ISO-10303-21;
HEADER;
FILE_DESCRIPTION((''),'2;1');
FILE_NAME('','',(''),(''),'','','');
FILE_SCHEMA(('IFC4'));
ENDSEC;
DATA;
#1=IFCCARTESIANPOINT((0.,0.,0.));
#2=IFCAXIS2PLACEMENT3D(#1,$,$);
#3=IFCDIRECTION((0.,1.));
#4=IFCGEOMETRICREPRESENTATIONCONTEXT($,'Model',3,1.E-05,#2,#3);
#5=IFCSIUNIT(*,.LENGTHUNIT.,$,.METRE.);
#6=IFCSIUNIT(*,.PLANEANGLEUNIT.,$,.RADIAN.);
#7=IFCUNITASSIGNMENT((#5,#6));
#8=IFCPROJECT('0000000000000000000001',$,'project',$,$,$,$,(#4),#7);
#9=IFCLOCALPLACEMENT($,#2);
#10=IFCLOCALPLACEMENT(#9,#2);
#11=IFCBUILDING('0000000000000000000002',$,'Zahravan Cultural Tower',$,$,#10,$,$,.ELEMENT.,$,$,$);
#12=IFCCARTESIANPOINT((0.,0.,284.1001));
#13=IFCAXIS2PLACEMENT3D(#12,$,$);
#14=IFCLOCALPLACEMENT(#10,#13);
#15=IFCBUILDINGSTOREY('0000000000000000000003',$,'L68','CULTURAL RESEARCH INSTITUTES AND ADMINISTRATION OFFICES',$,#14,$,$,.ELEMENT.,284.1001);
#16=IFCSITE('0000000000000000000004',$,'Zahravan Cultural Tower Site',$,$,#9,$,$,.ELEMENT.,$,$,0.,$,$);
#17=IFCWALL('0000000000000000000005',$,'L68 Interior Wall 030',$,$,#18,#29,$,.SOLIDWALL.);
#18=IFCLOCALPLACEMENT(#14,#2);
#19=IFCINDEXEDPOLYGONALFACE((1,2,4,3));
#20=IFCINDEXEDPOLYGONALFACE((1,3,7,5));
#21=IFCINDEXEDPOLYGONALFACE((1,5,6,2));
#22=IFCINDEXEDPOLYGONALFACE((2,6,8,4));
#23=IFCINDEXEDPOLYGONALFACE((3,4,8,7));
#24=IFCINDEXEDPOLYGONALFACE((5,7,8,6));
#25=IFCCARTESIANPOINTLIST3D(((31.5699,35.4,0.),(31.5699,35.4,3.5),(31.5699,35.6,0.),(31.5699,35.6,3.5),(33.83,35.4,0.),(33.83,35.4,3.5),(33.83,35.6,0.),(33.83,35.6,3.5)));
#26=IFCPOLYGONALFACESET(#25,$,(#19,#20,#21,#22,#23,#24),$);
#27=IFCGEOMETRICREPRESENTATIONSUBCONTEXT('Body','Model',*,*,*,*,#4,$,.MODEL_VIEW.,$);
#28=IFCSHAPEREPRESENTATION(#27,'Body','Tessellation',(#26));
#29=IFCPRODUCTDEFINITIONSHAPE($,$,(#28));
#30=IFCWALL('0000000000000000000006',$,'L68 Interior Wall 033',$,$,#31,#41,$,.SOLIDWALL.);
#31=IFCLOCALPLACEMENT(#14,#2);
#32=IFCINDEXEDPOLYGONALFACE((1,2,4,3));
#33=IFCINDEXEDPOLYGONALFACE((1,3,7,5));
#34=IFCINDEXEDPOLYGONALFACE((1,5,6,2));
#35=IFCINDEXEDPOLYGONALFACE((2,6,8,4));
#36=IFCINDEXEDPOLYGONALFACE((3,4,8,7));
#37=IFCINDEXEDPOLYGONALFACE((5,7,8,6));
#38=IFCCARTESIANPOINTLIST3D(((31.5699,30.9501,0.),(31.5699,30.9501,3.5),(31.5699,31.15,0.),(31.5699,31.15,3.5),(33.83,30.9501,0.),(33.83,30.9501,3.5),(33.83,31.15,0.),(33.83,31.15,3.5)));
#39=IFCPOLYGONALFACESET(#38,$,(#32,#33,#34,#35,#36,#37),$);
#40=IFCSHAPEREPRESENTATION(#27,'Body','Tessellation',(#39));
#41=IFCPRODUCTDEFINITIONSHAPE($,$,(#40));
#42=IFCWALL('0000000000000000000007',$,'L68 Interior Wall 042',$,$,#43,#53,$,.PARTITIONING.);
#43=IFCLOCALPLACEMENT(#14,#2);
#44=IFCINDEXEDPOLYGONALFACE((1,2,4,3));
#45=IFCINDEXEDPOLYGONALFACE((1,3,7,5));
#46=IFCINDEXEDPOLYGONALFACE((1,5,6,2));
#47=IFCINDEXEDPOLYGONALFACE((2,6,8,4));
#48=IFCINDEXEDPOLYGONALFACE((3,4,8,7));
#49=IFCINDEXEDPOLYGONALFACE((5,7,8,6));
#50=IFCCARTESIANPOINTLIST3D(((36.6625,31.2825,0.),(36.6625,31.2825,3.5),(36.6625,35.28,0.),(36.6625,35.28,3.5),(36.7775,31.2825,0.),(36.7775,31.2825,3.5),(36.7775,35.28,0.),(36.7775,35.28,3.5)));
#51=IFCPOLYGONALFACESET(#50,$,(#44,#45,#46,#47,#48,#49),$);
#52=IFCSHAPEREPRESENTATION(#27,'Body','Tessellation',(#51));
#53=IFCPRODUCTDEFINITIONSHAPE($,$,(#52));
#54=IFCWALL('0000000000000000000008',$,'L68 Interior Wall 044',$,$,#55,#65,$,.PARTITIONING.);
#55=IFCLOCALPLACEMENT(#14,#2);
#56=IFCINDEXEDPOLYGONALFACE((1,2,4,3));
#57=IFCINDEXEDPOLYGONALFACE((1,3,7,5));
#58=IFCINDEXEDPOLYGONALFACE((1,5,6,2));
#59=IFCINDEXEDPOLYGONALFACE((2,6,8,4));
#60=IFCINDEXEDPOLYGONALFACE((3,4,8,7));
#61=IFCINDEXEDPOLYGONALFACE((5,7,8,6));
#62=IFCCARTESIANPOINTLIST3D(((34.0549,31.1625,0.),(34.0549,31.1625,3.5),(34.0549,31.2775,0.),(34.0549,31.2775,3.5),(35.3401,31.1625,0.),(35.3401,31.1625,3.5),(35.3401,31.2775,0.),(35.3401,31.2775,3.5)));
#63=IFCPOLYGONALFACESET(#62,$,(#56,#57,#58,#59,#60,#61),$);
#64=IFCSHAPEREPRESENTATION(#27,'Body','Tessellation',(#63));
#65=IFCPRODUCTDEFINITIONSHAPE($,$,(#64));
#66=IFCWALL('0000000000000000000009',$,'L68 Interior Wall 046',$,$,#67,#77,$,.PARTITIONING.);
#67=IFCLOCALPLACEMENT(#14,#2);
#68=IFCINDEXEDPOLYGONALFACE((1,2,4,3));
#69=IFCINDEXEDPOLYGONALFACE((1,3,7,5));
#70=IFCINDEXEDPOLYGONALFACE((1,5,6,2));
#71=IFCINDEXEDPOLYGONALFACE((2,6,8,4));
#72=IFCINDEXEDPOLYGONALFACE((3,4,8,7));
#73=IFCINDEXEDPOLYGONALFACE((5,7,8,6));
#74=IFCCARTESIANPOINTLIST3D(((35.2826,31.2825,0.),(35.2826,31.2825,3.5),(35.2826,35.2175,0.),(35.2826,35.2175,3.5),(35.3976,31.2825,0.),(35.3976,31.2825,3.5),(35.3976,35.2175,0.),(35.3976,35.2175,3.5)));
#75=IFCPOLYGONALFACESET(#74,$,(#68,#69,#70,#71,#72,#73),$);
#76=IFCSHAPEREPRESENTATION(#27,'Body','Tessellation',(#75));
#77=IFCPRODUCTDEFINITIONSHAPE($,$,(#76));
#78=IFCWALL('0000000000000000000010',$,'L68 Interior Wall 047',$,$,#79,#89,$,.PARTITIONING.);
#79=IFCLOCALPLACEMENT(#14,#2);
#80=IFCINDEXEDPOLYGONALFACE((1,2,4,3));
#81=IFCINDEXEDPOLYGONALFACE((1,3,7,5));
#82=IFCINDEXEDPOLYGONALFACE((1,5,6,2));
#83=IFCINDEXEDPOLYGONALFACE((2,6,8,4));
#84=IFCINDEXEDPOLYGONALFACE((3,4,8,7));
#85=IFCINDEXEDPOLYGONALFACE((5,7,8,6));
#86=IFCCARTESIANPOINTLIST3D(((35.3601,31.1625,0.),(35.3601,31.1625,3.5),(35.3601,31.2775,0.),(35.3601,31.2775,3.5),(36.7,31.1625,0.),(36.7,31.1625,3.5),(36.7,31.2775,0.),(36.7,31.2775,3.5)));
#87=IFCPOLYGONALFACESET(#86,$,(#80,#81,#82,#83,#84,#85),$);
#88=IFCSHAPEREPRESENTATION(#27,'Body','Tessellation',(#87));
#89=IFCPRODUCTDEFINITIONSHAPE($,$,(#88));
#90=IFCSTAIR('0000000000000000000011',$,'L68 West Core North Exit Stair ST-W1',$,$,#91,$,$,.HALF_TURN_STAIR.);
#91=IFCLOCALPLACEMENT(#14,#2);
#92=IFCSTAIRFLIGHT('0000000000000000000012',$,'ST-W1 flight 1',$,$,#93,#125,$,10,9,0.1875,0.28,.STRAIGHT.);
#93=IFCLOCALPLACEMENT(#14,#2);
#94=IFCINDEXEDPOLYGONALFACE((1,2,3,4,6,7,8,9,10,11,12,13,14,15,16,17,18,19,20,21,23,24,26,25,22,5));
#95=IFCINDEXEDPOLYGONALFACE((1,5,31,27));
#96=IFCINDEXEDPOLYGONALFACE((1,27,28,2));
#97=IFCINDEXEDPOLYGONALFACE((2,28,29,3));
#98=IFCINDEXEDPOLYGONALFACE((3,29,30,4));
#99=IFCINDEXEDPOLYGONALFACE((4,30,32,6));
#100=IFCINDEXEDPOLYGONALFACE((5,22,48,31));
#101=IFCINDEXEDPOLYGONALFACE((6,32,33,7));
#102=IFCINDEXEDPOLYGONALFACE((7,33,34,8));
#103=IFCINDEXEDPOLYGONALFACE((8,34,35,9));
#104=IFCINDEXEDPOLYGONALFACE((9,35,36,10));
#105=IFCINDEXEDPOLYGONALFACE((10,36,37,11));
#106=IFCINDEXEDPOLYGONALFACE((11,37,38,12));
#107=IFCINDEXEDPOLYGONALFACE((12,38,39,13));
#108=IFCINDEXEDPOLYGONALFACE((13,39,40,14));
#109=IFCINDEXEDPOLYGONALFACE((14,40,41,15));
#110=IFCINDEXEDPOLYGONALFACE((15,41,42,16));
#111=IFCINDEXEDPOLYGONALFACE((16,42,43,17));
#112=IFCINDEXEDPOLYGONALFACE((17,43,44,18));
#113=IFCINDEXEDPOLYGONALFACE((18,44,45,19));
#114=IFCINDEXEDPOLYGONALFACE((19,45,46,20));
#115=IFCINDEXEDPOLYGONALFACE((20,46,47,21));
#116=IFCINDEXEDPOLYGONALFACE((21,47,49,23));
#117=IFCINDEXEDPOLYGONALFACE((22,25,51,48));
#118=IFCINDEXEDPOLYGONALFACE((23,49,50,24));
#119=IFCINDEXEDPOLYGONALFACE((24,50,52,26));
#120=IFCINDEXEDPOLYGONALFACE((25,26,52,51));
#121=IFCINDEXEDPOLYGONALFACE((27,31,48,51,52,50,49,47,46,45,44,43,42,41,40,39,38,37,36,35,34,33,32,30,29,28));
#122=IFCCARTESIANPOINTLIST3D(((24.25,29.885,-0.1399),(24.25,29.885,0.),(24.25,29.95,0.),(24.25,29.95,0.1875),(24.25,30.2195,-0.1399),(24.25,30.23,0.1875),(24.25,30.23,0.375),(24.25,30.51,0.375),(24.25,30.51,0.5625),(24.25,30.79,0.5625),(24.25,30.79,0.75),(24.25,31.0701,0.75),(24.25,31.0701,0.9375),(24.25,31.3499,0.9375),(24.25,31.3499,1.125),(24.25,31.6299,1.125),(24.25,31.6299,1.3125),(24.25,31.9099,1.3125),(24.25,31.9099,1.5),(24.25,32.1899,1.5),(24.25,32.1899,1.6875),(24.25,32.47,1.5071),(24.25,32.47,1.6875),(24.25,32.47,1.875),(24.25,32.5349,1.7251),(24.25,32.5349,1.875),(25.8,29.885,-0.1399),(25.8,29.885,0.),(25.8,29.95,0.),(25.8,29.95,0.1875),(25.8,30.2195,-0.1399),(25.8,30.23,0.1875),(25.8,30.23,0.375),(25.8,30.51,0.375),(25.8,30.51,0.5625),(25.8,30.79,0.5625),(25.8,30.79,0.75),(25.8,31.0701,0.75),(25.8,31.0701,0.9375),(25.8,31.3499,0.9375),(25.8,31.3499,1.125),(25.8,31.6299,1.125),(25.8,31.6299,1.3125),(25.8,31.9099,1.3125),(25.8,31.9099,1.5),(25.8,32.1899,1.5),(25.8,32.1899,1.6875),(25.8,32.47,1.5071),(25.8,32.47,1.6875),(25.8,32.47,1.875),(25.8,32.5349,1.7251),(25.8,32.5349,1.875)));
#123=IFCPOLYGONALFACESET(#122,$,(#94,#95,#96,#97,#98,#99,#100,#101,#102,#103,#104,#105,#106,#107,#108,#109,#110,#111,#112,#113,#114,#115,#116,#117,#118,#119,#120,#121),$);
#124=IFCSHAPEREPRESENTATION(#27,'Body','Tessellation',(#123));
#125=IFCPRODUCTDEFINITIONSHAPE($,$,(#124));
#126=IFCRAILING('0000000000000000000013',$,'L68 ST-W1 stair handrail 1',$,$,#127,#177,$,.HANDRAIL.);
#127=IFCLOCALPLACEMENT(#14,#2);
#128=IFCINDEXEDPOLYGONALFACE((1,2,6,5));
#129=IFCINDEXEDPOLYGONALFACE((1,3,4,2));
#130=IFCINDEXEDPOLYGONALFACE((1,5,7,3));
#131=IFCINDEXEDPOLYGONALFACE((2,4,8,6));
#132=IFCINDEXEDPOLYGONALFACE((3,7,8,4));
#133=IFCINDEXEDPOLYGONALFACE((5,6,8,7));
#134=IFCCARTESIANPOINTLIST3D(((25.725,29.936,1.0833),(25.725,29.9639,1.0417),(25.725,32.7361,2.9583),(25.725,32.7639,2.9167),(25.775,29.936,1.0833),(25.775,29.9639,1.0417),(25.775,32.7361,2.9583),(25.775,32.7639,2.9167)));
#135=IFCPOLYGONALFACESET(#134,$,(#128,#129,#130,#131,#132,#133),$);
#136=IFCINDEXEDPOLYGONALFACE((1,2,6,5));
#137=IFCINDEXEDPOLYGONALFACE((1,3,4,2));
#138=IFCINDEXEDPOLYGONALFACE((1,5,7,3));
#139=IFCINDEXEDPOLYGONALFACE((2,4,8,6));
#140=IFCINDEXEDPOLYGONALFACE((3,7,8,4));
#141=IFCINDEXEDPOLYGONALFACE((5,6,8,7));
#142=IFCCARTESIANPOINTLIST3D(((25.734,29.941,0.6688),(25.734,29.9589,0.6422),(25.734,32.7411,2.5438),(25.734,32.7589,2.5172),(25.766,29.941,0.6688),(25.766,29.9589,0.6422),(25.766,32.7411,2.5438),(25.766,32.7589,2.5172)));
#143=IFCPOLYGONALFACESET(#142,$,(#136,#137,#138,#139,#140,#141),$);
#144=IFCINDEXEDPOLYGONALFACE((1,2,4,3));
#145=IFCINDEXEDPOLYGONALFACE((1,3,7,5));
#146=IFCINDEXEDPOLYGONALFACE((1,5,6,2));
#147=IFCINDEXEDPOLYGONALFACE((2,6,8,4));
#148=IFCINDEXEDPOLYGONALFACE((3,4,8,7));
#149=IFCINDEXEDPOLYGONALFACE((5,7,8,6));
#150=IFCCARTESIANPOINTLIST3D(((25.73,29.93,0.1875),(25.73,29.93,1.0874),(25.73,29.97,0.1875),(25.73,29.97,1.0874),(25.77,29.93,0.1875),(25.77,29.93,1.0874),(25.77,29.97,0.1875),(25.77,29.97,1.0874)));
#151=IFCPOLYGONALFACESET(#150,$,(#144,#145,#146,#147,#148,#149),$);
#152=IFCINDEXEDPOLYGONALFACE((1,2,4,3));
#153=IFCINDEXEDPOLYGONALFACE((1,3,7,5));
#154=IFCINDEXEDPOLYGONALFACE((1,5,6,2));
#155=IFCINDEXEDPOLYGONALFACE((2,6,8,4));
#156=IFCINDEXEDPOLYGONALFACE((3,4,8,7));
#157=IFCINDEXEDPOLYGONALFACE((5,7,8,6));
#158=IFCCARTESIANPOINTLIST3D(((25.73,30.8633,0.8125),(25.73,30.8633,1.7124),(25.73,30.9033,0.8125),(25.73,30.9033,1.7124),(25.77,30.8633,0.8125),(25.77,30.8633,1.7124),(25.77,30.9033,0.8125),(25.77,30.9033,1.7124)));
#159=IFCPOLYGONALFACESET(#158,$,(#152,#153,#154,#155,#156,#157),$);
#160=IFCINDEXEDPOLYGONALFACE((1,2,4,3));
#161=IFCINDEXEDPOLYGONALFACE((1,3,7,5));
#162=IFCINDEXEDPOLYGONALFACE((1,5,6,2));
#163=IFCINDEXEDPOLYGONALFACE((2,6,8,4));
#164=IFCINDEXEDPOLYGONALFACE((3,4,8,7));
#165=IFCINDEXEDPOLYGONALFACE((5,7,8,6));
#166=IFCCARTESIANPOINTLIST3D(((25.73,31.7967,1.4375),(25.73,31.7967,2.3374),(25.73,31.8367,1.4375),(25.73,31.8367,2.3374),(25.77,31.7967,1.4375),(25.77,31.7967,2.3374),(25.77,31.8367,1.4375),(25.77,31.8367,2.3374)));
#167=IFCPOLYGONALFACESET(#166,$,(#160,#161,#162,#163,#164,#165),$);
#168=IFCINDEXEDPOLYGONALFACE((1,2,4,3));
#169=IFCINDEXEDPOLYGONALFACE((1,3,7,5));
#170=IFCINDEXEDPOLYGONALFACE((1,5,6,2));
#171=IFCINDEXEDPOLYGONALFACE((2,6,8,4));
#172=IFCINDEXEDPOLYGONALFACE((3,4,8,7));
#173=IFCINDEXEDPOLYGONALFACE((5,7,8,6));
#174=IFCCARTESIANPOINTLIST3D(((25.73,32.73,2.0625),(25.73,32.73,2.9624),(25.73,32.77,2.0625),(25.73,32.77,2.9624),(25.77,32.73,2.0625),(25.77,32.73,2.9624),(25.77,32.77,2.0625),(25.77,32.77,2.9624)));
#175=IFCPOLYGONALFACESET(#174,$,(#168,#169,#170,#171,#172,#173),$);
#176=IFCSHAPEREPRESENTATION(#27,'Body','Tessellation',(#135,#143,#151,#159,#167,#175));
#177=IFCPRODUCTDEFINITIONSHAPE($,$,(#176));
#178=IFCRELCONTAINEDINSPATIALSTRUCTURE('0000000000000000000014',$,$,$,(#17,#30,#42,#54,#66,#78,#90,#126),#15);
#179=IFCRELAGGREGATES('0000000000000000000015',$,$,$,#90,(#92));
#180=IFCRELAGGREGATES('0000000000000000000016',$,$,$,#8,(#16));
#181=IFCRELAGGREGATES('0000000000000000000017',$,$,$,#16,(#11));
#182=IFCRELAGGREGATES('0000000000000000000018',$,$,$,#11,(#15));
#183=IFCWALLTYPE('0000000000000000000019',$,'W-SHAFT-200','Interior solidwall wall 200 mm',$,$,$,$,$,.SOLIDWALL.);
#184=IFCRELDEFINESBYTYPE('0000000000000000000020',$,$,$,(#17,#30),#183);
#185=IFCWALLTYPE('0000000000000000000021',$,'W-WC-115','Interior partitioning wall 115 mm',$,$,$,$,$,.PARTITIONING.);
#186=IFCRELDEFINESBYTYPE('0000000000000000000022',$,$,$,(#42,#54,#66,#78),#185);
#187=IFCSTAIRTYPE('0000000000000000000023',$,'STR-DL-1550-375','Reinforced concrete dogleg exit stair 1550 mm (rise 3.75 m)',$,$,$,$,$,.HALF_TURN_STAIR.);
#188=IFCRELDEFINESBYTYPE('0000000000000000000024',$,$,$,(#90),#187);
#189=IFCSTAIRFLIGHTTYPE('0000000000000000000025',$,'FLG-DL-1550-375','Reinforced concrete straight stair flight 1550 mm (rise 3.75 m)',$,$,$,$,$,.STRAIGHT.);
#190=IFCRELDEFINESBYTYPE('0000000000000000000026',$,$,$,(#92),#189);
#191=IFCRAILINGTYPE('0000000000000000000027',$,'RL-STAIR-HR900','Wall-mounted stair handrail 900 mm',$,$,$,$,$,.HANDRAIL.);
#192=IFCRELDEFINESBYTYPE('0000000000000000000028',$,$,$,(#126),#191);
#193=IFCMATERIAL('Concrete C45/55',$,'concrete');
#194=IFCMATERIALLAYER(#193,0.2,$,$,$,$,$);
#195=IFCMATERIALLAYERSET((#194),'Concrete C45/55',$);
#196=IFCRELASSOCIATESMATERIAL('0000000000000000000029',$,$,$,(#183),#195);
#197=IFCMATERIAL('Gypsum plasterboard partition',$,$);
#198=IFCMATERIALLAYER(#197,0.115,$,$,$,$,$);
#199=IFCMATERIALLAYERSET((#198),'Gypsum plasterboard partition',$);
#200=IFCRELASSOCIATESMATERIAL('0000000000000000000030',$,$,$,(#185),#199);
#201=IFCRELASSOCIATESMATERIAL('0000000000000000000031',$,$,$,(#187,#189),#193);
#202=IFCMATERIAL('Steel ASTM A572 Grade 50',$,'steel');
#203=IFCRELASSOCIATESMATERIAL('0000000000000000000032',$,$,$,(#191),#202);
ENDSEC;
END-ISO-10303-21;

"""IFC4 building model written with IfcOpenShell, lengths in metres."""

from ifc_helpers import new_model, si_unit, direction, frame, frame_2d, origin, origin_2d, place, context, subcontext, project, spatial, polyline, rectangle, outline, extrude, source, transform, mapped, material, layer, layer_set, type_object, element, aggregate, save


model = new_model("IFC4")

# Units and contexts
model_context = context("Model", 3, precision=1e-05, world=origin(), true_north=direction((0.0, 1.0)))
body_context = subcontext(model_context, "Body", "Model", "MODEL_VIEW")
ifc_project = project(units=[si_unit("LENGTHUNIT", "METRE"), si_unit("PLANEANGLEUNIT", "RADIAN")], contexts=[model_context])

# Site, building, storey
site_placement = place(None, origin())
site = spatial("IfcSite", under=ifc_project, at=site_placement, Name="Zahravan Cultural Tower Site", CompositionType="ELEMENT", RefElevation=0.0)
building_placement = place(site_placement, origin())
building = spatial("IfcBuilding", under=site, at=building_placement, Name="Zahravan Cultural Tower", CompositionType="ELEMENT")
storey_placement = place(building_placement, frame((0.0, 0.0, 284.1001)))
storey = spatial("IfcBuildingStorey", under=building, at=storey_placement, Name="L68", Description="CULTURAL RESEARCH INSTITUTES AND ADMINISTRATION OFFICES", CompositionType="ELEMENT", Elevation=284.1001)

# Shared definitions
ifc_material_1 = material(Name="Concrete C45/55", Category="concrete")
ifc_layer_1 = layer(ifc_material_1, 0.2)
ifc_layer_set_1 = layer_set([ifc_layer_1], Name="Concrete C45/55")
wall_type_1 = type_object("IfcWallType", Name="W-SHAFT-200", Description="Interior solidwall wall 200 mm", PredefinedType="SOLIDWALL", material=ifc_layer_set_1)
ifc_material_2 = material(Name="Steel ASTM A572 Grade 50", Category="steel")
ifc_material_3 = material(Name="Gypsum plasterboard partition")
ifc_layer_2 = layer(ifc_material_3, 0.115)
ifc_layer_set_2 = layer_set([ifc_layer_2], Name="Gypsum plasterboard partition")
wall_type_2 = type_object("IfcWallType", Name="W-WC-115", Description="Interior partitioning wall 115 mm", PredefinedType="PARTITIONING", material=ifc_layer_set_2)

# Walls
shared_shape_1 = source(origin(), body_context, "Body", "SweptSolid", [
    extrude(rectangle(XDim=2.26, YDim=0.2, at=frame_2d((1.1299, 0.0))), origin(), (0.0, 0.0, 1.0), 3.5),
])
for number, where, z_axis, x_axis, name in (
    (1, (31.5701, 35.5, 0.0), (0.0, 0.0, 1.0), (1.0, 0.0, 0.0), "L68 Interior Wall 030"),
    (2, (31.5701, 31.05, 0.0), (0.0, 0.0, 1.0), (1.0, 0.0, 0.0), "L68 Interior Wall 033"),
):
    element("IfcWall", number, at=place(storey_placement, frame(where, z_axis=z_axis, x_axis=x_axis)), inside=storey, type_object=wall_type_1, Name=name, PredefinedType="SOLIDWALL", context=body_context, shape_type="MappedRepresentation", body=[
        mapped(shared_shape_1, transform((0.0, 0.0, 0.0), x_axis=(1.0, 0.0, 0.0), y_axis=(0.0, 1.0, 0.0), z_axis=(0.0, 0.0, 1.0), scale=1.0)),
    ])
shared_shape_2 = source(origin(), body_context, "Body", "SweptSolid", [
    extrude(rectangle(XDim=3.9976, YDim=0.115, at=frame_2d((1.9988, 0.0))), origin(), (0.0, 0.0, 1.0), 3.5),
])
wall_1_placement = place(storey_placement, frame((36.72, 31.2825, 0.0), z_axis=(0.0, 0.0, 1.0), x_axis=(0.0, 1.0, 0.0)))
element("IfcWall", 3, at=wall_1_placement, inside=storey, type_object=wall_type_2, Name="L68 Interior Wall 042", PredefinedType="PARTITIONING", context=body_context, shape_type="MappedRepresentation", body=[
    mapped(shared_shape_2, transform((0.0, 0.0, 0.0), x_axis=(1.0, 0.0, 0.0), y_axis=(0.0, 1.0, 0.0), z_axis=(0.0, 0.0, 1.0), scale=1.0)),
])
shared_shape_3 = source(origin(), body_context, "Body", "SweptSolid", [
    extrude(rectangle(XDim=1.2852, YDim=0.115, at=frame_2d((0.6426, 0.0))), origin(), (0.0, 0.0, 1.0), 3.5),
])
wall_2_placement = place(storey_placement, frame((35.3401, 31.22, 0.0), z_axis=(0.0, 0.0, 1.0), x_axis=(-1.0, 0.0, 0.0)))
element("IfcWall", 4, at=wall_2_placement, inside=storey, type_object=wall_type_2, Name="L68 Interior Wall 044", PredefinedType="PARTITIONING", context=body_context, shape_type="MappedRepresentation", body=[
    mapped(shared_shape_3, transform((0.0, 0.0, 0.0), x_axis=(1.0, 0.0, 0.0), y_axis=(0.0, 1.0, 0.0), z_axis=(0.0, 0.0, 1.0), scale=1.0)),
])
shared_shape_4 = source(origin(), body_context, "Body", "SweptSolid", [
    extrude(rectangle(XDim=3.9351, YDim=0.115, at=frame_2d((1.9675, 0.0))), origin(), (0.0, 0.0, 1.0), 3.5),
])
wall_3_placement = place(storey_placement, frame((35.3401, 35.2175, 0.0), z_axis=(0.0, 0.0, 1.0), x_axis=(0.0, -1.0, 0.0)))
element("IfcWall", 5, at=wall_3_placement, inside=storey, type_object=wall_type_2, Name="L68 Interior Wall 046", PredefinedType="PARTITIONING", context=body_context, shape_type="MappedRepresentation", body=[
    mapped(shared_shape_4, transform((0.0, 0.0, 0.0), x_axis=(1.0, 0.0, 0.0), y_axis=(0.0, 1.0, 0.0), z_axis=(0.0, 0.0, 1.0), scale=1.0)),
])
shared_shape_5 = source(origin(), body_context, "Body", "SweptSolid", [
    extrude(rectangle(XDim=1.3398, YDim=0.115, at=frame_2d((0.6699, 0.0))), origin(), (0.0, 0.0, 1.0), 3.5),
])
wall_4_placement = place(storey_placement, frame((36.7, 31.22, 0.0), z_axis=(0.0, 0.0, 1.0), x_axis=(-1.0, 0.0, 0.0)))
element("IfcWall", 6, at=wall_4_placement, inside=storey, type_object=wall_type_2, Name="L68 Interior Wall 047", PredefinedType="PARTITIONING", context=body_context, shape_type="MappedRepresentation", body=[
    mapped(shared_shape_5, transform((0.0, 0.0, 0.0), x_axis=(1.0, 0.0, 0.0), y_axis=(0.0, 1.0, 0.0), z_axis=(0.0, 0.0, 1.0), scale=1.0)),
])

# Stair, stair flight
stair_type = type_object("IfcStairType", Name="STR-DL-1550-375", Description="Reinforced concrete dogleg exit stair 1550 mm (rise 3.75 m)", PredefinedType="HALF_TURN_STAIR", material=ifc_material_1)
stair_placement = place(storey_placement, origin())
stair = element("IfcStair", 7, at=stair_placement, inside=storey, type_object=stair_type, Name="L68 West Core North Exit Stair ST-W1", PredefinedType="HALF_TURN_STAIR")
stair_flight_type = type_object("IfcStairFlightType", Name="FLG-DL-1550-375", Description="Reinforced concrete straight stair flight 1550 mm (rise 3.75 m)", PredefinedType="STRAIGHT", material=ifc_material_1)
stair_flight_placement = place(storey_placement, frame((25.0249, 29.95, 0.0), z_axis=(0.0, 0.0, 1.0), x_axis=(0.0, 1.0, 0.0)))
stair_flight = element("IfcStairFlight", 8, at=stair_flight_placement, type_object=stair_flight_type, Name="ST-W1 flight 1", NumberOfRisers=10, NumberOfTreads=9, PredefinedType="STRAIGHT", RiserHeight=0.1875, TreadLength=0.28, context=body_context, shape_type="SweptSolid", body=[
    extrude(outline(polyline([(-0.0649, -0.1399), (-0.0649, 0.0), (0.0, 0.0), (0.0, 0.1875), (0.28, 0.1875), (0.28, 0.375), (0.5601, 0.375), (0.5601, 0.5625), (0.8401, 0.5625), (0.8401, 0.75), (1.1201, 0.75), (1.1201, 0.9375), (1.3999, 0.9375), (1.3999, 1.125), (1.6799, 1.125), (1.6799, 1.3125), (1.96, 1.3125), (1.96, 1.5), (2.24, 1.5), (2.24, 1.6875), (2.52, 1.6875), (2.52, 1.875), (2.585, 1.875), (2.585, 1.7251), (2.52, 1.5071), (0.2695, -0.1399), (-0.0649, -0.1399)])), frame((0.0, 0.7749, 0.0), z_axis=(0.0, -1.0, 0.0), x_axis=(1.0, 0.0, 0.0)), (0.0, 0.0, 1.0), 1.55),
])
aggregate(stair, [stair_flight])

# Railing
railing_type = type_object("IfcRailingType", Name="RL-STAIR-HR900", Description="Wall-mounted stair handrail 900 mm", PredefinedType="HANDRAIL", material=ifc_material_2)
railing_placement = place(storey_placement, frame((25.75, 29.95, 0.1875)))
element("IfcRailing", 9, at=railing_placement, inside=storey, type_object=railing_type, Name="L68 ST-W1 stair handrail 1", PredefinedType="HANDRAIL", context=body_context, shape_type="SweptSolid", body=[
    extrude(rectangle(XDim=0.05, YDim=0.05, at=origin_2d()), frame((0.0, 0.0, 0.875), z_axis=(0.0, 0.830912, 0.556404), x_axis=(-1.0, 0.0, 0.0)), (0.0, 0.0, 1.0), 3.3699),
    extrude(rectangle(XDim=0.032, YDim=0.032, at=origin_2d()), frame((0.0, 0.0, 0.468), z_axis=(0.0, 0.830912, 0.556404), x_axis=(-1.0, 0.0, 0.0)), (0.0, 0.0, 1.0), 3.3699),
    extrude(rectangle(XDim=0.04, YDim=0.04, at=origin_2d()), origin(), (0.0, 0.0, 1.0), 0.8999),
    extrude(rectangle(XDim=0.04, YDim=0.04, at=origin_2d()), frame((0.0, 0.9333, 0.625)), (0.0, 0.0, 1.0), 0.8999),
    extrude(rectangle(XDim=0.04, YDim=0.04, at=origin_2d()), frame((0.0, 1.8667, 1.25)), (0.0, 0.0, 1.0), 0.8999),
    extrude(rectangle(XDim=0.04, YDim=0.04, at=origin_2d()), frame((0.0, 2.8, 1.875)), (0.0, 0.0, 1.0), 0.8999),
])

save(model, "model.ifc")
